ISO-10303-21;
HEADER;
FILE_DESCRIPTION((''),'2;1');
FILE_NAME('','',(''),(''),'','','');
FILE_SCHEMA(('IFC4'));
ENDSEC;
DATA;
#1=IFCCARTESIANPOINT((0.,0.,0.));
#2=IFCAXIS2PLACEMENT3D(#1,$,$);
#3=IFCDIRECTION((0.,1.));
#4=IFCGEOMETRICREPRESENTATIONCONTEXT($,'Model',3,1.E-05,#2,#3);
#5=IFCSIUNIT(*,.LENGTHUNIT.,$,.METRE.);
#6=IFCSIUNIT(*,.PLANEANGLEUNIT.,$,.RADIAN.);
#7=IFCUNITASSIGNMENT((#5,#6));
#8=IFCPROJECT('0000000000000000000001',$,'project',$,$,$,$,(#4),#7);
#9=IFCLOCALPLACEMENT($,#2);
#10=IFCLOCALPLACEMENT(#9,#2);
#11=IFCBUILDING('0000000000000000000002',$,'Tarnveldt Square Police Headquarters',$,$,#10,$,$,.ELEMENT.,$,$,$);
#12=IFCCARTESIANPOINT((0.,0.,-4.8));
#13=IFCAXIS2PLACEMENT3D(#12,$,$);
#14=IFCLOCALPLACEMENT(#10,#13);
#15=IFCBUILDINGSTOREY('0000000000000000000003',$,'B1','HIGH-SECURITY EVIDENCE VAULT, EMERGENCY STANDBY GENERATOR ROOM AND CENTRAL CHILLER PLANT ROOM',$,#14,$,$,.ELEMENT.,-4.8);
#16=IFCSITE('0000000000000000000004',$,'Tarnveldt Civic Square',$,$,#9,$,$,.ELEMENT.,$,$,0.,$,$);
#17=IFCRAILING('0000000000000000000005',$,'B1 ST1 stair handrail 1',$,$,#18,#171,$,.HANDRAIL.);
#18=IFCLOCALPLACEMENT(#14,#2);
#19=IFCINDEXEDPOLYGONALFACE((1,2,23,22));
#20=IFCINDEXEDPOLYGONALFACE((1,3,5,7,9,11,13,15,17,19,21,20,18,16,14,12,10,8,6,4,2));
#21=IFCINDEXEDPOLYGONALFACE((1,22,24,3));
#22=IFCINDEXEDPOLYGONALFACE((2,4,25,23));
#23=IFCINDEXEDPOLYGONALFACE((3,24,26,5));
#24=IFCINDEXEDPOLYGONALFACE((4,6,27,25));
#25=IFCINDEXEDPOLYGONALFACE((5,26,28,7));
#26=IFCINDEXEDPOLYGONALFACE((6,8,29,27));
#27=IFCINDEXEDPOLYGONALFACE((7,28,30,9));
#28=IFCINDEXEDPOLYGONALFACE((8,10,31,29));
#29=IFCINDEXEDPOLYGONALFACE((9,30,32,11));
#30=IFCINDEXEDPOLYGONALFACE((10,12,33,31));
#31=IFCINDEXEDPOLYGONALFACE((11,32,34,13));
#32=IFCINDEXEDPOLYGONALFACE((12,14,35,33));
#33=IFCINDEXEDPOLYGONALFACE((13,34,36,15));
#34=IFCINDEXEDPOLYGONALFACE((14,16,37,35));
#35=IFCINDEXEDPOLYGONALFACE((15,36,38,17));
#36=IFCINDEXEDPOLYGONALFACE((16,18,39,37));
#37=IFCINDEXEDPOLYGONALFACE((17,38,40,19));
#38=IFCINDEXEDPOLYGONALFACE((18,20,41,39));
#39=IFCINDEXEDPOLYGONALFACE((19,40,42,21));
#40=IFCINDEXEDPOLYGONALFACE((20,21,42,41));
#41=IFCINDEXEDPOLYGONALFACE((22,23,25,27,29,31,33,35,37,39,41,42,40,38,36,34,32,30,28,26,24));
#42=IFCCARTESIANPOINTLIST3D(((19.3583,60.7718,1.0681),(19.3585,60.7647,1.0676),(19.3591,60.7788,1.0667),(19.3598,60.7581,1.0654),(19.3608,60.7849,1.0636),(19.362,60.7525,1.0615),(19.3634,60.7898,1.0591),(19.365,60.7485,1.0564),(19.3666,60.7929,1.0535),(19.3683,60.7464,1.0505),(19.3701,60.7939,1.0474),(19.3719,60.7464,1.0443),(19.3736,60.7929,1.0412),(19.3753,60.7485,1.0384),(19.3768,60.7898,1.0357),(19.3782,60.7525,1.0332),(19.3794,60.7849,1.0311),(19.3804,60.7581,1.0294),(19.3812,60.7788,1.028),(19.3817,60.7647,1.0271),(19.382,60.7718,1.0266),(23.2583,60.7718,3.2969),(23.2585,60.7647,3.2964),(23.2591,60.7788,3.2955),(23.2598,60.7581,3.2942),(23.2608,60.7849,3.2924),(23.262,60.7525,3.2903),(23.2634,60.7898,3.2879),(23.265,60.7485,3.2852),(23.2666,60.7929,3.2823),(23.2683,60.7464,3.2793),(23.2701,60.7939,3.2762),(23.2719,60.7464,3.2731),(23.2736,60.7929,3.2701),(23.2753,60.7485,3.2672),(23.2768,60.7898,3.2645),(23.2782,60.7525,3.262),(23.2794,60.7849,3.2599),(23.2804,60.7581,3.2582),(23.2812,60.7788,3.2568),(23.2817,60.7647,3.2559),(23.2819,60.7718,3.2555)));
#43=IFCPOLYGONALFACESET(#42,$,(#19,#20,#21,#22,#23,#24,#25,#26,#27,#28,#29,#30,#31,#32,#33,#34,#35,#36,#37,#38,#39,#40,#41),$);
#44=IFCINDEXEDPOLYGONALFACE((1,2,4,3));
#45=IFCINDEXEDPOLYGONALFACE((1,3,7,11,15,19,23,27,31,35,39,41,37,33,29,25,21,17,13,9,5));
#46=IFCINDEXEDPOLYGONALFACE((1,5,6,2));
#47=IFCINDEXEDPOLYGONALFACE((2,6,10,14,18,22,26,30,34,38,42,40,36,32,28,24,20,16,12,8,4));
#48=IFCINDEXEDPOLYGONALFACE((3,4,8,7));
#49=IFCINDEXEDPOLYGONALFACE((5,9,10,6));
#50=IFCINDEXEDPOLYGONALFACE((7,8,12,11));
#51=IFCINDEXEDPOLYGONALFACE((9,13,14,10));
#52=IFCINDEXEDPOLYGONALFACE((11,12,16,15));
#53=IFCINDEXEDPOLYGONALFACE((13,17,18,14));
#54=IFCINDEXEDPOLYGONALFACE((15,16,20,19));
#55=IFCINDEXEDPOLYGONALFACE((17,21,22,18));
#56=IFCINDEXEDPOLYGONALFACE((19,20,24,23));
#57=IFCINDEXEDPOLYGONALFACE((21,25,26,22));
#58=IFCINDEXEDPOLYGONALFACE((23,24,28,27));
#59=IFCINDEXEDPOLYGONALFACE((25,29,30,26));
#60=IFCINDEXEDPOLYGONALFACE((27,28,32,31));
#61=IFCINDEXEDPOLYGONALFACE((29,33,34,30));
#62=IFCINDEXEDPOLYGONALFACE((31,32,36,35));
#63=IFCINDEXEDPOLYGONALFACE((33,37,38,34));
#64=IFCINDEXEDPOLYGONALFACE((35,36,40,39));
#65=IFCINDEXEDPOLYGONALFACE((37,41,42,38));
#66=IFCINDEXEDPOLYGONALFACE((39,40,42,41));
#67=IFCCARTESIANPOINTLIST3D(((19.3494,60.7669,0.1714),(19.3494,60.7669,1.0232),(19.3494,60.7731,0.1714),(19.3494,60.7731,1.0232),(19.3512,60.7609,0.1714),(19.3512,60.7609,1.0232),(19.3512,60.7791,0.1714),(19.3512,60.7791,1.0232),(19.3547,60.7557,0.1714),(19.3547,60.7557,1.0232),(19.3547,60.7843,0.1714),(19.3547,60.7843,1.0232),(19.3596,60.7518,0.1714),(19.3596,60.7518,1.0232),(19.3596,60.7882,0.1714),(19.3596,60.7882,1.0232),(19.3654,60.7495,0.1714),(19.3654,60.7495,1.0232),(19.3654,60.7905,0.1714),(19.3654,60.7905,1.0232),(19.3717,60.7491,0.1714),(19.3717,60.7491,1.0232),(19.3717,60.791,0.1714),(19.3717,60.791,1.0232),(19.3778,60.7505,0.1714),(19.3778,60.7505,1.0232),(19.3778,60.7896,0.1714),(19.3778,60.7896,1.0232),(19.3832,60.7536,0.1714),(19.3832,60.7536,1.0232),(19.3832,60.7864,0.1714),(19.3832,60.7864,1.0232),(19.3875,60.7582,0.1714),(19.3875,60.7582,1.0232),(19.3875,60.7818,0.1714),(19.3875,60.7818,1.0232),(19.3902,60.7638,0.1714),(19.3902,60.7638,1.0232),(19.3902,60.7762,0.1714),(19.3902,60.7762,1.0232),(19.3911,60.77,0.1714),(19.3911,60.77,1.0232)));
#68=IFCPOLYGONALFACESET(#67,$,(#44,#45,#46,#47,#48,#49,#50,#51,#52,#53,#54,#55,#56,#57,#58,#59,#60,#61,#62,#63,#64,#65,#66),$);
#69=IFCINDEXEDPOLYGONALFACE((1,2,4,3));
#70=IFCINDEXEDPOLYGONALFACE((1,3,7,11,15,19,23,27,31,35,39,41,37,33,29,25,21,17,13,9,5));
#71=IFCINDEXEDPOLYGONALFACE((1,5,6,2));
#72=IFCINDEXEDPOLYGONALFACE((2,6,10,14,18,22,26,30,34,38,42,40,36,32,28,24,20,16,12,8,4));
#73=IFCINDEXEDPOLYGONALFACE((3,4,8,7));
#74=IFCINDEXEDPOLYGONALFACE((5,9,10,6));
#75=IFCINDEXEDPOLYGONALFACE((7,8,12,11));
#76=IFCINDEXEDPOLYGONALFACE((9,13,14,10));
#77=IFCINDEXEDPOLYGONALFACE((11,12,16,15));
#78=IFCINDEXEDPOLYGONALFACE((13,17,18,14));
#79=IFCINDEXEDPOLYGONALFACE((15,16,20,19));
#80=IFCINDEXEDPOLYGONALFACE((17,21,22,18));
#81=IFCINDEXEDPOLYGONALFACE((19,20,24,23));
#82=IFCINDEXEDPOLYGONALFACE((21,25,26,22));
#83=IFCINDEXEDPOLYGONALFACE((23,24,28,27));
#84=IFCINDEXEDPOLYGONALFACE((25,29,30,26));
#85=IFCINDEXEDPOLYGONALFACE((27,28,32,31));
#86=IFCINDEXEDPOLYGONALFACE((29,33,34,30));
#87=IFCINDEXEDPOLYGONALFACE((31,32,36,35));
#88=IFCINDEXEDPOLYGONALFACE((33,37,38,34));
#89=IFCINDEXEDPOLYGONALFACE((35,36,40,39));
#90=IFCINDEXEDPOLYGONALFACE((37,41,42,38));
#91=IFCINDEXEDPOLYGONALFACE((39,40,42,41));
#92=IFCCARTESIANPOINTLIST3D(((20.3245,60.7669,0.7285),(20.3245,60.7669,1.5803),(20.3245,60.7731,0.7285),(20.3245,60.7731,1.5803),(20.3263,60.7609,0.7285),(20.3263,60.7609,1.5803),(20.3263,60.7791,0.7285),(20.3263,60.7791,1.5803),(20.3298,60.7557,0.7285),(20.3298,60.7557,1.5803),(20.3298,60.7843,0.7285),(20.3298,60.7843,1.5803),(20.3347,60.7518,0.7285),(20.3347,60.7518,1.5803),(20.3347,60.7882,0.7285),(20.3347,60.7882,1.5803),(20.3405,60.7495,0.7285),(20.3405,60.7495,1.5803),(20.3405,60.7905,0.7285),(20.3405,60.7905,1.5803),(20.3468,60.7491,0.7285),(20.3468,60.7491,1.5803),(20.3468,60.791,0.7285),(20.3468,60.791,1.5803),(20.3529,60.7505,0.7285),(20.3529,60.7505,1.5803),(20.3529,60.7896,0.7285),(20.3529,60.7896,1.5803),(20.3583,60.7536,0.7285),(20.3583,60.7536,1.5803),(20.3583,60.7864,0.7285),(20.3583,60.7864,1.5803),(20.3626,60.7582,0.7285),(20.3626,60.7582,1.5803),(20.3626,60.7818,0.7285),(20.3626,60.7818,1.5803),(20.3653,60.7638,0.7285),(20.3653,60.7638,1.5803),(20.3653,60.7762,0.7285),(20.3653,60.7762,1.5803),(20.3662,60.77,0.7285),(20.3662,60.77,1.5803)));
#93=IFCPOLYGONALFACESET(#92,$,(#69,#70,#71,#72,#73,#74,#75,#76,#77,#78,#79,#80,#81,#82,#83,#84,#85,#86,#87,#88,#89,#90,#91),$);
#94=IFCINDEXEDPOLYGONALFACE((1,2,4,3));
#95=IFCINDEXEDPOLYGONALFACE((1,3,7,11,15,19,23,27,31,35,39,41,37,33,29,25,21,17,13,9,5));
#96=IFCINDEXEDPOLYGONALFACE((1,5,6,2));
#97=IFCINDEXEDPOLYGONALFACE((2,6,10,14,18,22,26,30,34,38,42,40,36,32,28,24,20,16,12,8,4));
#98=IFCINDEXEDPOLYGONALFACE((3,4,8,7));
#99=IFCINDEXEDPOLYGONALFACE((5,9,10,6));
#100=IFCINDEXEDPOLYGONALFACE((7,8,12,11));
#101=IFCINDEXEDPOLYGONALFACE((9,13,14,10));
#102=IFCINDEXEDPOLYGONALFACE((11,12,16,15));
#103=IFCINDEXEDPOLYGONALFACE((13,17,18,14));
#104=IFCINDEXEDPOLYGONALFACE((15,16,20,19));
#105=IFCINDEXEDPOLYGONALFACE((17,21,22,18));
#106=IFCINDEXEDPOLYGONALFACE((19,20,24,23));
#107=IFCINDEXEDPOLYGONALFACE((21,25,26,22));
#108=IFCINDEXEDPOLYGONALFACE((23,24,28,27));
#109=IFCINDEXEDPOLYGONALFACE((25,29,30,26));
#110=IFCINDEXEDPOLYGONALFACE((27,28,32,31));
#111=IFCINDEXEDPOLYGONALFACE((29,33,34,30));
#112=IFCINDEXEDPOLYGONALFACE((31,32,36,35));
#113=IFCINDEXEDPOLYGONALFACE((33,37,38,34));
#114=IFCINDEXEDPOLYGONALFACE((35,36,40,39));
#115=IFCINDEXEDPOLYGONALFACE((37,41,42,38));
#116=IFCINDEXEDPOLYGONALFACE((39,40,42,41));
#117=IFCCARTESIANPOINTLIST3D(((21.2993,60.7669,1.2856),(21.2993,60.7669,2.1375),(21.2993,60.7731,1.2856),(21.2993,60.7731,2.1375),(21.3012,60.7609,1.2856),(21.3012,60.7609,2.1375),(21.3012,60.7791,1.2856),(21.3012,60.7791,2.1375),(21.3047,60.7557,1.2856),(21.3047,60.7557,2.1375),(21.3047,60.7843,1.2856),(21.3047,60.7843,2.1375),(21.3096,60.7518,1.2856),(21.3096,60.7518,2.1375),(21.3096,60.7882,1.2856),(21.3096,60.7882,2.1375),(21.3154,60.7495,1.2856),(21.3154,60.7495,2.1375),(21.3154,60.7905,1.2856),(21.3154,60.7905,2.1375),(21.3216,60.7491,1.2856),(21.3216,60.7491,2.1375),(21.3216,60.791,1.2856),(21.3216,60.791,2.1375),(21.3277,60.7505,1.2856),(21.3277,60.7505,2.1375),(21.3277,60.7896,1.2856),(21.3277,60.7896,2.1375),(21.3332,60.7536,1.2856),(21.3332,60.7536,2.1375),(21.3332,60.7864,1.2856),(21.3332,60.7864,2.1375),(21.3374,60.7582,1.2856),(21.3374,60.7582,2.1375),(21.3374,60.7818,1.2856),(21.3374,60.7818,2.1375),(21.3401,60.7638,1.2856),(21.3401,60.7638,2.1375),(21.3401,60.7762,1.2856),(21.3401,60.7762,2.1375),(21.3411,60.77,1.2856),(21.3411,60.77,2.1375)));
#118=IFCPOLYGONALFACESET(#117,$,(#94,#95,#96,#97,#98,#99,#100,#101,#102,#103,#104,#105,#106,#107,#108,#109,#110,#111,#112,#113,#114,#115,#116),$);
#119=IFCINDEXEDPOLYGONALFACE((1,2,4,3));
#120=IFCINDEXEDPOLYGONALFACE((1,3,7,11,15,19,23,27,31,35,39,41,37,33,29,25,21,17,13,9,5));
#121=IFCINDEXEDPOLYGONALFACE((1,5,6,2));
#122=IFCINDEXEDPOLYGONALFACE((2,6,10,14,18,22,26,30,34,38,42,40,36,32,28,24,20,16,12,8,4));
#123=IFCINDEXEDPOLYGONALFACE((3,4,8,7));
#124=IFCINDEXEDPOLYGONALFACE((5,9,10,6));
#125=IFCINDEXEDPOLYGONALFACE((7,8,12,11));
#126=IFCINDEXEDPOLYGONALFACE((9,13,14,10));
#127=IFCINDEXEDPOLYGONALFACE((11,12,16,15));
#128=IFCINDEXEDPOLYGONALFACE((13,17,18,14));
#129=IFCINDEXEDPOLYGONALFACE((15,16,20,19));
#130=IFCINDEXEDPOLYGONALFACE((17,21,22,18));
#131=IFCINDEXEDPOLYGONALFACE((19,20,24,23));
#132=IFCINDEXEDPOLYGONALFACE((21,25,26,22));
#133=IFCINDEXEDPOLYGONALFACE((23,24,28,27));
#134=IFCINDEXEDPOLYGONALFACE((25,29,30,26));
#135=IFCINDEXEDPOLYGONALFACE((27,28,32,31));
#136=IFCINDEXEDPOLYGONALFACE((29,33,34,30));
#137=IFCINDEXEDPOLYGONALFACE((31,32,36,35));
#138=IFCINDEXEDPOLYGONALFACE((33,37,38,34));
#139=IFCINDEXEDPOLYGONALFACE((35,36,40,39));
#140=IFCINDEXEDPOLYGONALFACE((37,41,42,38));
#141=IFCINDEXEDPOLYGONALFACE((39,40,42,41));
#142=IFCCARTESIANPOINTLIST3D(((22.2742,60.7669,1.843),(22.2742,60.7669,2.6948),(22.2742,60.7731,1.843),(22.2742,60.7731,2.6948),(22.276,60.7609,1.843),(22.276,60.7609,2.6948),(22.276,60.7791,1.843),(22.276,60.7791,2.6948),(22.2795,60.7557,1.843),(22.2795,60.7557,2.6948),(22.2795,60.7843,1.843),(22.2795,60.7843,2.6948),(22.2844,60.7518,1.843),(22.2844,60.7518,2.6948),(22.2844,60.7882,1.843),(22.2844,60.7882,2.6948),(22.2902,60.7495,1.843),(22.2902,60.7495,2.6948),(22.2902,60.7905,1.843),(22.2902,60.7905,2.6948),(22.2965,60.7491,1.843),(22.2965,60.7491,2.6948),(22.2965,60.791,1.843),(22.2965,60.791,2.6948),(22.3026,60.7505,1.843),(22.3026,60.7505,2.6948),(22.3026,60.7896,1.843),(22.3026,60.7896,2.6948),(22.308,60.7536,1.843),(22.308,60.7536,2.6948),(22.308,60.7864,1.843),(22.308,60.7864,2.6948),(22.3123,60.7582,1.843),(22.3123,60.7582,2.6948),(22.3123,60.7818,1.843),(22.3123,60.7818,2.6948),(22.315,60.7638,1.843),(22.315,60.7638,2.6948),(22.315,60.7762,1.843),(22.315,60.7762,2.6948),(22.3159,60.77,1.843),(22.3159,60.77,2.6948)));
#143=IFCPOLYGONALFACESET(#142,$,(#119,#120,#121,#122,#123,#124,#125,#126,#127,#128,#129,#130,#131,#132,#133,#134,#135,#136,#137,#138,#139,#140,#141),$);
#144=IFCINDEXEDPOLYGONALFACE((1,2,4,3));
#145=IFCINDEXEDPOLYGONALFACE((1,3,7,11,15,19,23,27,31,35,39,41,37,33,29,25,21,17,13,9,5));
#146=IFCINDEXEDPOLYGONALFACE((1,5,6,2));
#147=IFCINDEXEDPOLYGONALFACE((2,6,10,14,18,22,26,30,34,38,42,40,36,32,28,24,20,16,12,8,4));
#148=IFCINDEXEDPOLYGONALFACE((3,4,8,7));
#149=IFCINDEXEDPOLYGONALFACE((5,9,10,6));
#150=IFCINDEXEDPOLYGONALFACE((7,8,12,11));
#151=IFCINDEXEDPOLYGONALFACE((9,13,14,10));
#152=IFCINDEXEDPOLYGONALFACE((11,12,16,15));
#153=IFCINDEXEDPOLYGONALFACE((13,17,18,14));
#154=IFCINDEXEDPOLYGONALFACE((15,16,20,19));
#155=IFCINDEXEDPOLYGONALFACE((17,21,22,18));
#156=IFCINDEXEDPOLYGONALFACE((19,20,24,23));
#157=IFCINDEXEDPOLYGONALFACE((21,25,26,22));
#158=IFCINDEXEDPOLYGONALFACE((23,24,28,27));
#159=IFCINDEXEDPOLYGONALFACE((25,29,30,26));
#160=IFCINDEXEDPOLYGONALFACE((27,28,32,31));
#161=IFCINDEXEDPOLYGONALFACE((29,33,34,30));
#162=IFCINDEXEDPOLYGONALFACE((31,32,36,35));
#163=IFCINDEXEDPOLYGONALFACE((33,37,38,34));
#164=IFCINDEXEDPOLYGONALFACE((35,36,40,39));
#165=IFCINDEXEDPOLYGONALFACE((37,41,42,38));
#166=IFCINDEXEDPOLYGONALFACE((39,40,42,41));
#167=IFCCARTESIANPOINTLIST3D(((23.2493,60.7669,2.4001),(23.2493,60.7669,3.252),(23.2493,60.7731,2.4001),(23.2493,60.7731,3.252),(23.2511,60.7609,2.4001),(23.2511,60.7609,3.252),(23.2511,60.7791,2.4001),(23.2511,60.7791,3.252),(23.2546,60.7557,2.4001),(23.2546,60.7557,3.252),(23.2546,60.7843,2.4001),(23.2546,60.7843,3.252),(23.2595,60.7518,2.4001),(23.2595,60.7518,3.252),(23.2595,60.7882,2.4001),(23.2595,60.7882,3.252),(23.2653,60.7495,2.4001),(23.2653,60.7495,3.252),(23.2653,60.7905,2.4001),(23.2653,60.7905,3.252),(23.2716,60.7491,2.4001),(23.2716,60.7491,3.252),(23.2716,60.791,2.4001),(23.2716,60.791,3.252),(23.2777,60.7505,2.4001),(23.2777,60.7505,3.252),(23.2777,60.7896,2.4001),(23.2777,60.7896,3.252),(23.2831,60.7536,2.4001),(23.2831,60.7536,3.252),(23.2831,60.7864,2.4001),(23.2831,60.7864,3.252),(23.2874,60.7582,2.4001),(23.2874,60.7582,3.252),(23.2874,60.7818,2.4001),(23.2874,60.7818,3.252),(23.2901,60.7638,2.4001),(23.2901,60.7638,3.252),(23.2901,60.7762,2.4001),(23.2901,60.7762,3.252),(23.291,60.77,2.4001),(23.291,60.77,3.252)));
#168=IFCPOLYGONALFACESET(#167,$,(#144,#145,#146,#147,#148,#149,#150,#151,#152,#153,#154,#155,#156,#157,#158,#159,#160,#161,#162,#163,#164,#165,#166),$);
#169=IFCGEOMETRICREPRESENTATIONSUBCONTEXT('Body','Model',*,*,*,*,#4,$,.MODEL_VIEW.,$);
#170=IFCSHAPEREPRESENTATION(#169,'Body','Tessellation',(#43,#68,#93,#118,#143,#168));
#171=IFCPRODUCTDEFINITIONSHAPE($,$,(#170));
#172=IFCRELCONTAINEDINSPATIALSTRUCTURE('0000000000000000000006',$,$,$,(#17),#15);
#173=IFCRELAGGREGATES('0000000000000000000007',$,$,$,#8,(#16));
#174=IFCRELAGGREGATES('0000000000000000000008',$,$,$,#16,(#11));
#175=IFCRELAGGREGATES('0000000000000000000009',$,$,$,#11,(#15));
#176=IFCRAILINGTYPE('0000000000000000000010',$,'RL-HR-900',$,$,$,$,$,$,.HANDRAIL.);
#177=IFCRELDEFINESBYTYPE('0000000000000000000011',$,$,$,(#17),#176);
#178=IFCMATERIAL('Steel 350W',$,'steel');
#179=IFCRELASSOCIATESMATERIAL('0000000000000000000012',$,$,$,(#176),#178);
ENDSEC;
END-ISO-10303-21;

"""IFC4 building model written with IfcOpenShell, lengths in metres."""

from ifc_helpers import new_model, si_unit, direction, frame, origin, origin_2d, place, context, subcontext, project, spatial, circle, extrude, material, type_object, element, save


model = new_model("IFC4")

# Units and contexts
model_context = context("Model", 3, precision=1e-05, world=origin(), true_north=direction((0.0, 1.0)))
body_context = subcontext(model_context, "Body", "Model", "MODEL_VIEW")
ifc_project = project(units=[si_unit("LENGTHUNIT", "METRE"), si_unit("PLANEANGLEUNIT", "RADIAN")], contexts=[model_context])

# Site, building, storey
site_placement = place(None, origin())
site = spatial("IfcSite", under=ifc_project, at=site_placement, Name="Tarnveldt Civic Square", CompositionType="ELEMENT", RefElevation=0.0)
building_placement = place(site_placement, origin())
building = spatial("IfcBuilding", under=site, at=building_placement, Name="Tarnveldt Square Police Headquarters", CompositionType="ELEMENT")
storey_placement = place(building_placement, frame((0.0, 0.0, -4.8)))
storey = spatial("IfcBuildingStorey", under=building, at=storey_placement, Name="B1", Description="HIGH-SECURITY EVIDENCE VAULT, EMERGENCY STANDBY GENERATOR ROOM AND CENTRAL CHILLER PLANT ROOM", CompositionType="ELEMENT", Elevation=-4.8)

# Shared definitions
ifc_material_1 = material(Name="Steel 350W", Category="steel")

# Railing
railing_type_1 = type_object("IfcRailingType", Name="RL-HR-900", PredefinedType="HANDRAIL", material=ifc_material_1)
railing_1_placement = place(storey_placement, frame((19.3701, 60.77, 0.1714)))
element("IfcRailing", 1, at=railing_1_placement, inside=storey, type_object=railing_type_1, Name="B1 ST1 stair handrail 1", PredefinedType="HANDRAIL", context=body_context, shape_type="SweptSolid", body=[
    extrude(circle(Radius=0.0239, at=origin_2d()), frame((0.0, 0.0, 0.876), z_axis=(0.86822, 0.0, 0.49618), x_axis=(0.0, 1.0, 0.0)), (0.0, 0.0, 1.0), 4.4919),
    extrude(circle(Radius=0.021, at=origin_2d()), origin(), (0.0, 0.0, 1.0), 0.8518),
    extrude(circle(Radius=0.021, at=origin_2d()), frame((0.9751, 0.0, 0.5571)), (0.0, 0.0, 1.0), 0.8518),
    extrude(circle(Radius=0.021, at=origin_2d()), frame((1.95, 0.0, 1.1143)), (0.0, 0.0, 1.0), 0.8518),
    extrude(circle(Radius=0.021, at=origin_2d()), frame((2.9248, 0.0, 1.6716)), (0.0, 0.0, 1.0), 0.8518),
    extrude(circle(Radius=0.021, at=origin_2d()), frame((3.8999, 0.0, 2.2288)), (0.0, 0.0, 1.0), 0.8518),
])

save(model, "model.ifc")
